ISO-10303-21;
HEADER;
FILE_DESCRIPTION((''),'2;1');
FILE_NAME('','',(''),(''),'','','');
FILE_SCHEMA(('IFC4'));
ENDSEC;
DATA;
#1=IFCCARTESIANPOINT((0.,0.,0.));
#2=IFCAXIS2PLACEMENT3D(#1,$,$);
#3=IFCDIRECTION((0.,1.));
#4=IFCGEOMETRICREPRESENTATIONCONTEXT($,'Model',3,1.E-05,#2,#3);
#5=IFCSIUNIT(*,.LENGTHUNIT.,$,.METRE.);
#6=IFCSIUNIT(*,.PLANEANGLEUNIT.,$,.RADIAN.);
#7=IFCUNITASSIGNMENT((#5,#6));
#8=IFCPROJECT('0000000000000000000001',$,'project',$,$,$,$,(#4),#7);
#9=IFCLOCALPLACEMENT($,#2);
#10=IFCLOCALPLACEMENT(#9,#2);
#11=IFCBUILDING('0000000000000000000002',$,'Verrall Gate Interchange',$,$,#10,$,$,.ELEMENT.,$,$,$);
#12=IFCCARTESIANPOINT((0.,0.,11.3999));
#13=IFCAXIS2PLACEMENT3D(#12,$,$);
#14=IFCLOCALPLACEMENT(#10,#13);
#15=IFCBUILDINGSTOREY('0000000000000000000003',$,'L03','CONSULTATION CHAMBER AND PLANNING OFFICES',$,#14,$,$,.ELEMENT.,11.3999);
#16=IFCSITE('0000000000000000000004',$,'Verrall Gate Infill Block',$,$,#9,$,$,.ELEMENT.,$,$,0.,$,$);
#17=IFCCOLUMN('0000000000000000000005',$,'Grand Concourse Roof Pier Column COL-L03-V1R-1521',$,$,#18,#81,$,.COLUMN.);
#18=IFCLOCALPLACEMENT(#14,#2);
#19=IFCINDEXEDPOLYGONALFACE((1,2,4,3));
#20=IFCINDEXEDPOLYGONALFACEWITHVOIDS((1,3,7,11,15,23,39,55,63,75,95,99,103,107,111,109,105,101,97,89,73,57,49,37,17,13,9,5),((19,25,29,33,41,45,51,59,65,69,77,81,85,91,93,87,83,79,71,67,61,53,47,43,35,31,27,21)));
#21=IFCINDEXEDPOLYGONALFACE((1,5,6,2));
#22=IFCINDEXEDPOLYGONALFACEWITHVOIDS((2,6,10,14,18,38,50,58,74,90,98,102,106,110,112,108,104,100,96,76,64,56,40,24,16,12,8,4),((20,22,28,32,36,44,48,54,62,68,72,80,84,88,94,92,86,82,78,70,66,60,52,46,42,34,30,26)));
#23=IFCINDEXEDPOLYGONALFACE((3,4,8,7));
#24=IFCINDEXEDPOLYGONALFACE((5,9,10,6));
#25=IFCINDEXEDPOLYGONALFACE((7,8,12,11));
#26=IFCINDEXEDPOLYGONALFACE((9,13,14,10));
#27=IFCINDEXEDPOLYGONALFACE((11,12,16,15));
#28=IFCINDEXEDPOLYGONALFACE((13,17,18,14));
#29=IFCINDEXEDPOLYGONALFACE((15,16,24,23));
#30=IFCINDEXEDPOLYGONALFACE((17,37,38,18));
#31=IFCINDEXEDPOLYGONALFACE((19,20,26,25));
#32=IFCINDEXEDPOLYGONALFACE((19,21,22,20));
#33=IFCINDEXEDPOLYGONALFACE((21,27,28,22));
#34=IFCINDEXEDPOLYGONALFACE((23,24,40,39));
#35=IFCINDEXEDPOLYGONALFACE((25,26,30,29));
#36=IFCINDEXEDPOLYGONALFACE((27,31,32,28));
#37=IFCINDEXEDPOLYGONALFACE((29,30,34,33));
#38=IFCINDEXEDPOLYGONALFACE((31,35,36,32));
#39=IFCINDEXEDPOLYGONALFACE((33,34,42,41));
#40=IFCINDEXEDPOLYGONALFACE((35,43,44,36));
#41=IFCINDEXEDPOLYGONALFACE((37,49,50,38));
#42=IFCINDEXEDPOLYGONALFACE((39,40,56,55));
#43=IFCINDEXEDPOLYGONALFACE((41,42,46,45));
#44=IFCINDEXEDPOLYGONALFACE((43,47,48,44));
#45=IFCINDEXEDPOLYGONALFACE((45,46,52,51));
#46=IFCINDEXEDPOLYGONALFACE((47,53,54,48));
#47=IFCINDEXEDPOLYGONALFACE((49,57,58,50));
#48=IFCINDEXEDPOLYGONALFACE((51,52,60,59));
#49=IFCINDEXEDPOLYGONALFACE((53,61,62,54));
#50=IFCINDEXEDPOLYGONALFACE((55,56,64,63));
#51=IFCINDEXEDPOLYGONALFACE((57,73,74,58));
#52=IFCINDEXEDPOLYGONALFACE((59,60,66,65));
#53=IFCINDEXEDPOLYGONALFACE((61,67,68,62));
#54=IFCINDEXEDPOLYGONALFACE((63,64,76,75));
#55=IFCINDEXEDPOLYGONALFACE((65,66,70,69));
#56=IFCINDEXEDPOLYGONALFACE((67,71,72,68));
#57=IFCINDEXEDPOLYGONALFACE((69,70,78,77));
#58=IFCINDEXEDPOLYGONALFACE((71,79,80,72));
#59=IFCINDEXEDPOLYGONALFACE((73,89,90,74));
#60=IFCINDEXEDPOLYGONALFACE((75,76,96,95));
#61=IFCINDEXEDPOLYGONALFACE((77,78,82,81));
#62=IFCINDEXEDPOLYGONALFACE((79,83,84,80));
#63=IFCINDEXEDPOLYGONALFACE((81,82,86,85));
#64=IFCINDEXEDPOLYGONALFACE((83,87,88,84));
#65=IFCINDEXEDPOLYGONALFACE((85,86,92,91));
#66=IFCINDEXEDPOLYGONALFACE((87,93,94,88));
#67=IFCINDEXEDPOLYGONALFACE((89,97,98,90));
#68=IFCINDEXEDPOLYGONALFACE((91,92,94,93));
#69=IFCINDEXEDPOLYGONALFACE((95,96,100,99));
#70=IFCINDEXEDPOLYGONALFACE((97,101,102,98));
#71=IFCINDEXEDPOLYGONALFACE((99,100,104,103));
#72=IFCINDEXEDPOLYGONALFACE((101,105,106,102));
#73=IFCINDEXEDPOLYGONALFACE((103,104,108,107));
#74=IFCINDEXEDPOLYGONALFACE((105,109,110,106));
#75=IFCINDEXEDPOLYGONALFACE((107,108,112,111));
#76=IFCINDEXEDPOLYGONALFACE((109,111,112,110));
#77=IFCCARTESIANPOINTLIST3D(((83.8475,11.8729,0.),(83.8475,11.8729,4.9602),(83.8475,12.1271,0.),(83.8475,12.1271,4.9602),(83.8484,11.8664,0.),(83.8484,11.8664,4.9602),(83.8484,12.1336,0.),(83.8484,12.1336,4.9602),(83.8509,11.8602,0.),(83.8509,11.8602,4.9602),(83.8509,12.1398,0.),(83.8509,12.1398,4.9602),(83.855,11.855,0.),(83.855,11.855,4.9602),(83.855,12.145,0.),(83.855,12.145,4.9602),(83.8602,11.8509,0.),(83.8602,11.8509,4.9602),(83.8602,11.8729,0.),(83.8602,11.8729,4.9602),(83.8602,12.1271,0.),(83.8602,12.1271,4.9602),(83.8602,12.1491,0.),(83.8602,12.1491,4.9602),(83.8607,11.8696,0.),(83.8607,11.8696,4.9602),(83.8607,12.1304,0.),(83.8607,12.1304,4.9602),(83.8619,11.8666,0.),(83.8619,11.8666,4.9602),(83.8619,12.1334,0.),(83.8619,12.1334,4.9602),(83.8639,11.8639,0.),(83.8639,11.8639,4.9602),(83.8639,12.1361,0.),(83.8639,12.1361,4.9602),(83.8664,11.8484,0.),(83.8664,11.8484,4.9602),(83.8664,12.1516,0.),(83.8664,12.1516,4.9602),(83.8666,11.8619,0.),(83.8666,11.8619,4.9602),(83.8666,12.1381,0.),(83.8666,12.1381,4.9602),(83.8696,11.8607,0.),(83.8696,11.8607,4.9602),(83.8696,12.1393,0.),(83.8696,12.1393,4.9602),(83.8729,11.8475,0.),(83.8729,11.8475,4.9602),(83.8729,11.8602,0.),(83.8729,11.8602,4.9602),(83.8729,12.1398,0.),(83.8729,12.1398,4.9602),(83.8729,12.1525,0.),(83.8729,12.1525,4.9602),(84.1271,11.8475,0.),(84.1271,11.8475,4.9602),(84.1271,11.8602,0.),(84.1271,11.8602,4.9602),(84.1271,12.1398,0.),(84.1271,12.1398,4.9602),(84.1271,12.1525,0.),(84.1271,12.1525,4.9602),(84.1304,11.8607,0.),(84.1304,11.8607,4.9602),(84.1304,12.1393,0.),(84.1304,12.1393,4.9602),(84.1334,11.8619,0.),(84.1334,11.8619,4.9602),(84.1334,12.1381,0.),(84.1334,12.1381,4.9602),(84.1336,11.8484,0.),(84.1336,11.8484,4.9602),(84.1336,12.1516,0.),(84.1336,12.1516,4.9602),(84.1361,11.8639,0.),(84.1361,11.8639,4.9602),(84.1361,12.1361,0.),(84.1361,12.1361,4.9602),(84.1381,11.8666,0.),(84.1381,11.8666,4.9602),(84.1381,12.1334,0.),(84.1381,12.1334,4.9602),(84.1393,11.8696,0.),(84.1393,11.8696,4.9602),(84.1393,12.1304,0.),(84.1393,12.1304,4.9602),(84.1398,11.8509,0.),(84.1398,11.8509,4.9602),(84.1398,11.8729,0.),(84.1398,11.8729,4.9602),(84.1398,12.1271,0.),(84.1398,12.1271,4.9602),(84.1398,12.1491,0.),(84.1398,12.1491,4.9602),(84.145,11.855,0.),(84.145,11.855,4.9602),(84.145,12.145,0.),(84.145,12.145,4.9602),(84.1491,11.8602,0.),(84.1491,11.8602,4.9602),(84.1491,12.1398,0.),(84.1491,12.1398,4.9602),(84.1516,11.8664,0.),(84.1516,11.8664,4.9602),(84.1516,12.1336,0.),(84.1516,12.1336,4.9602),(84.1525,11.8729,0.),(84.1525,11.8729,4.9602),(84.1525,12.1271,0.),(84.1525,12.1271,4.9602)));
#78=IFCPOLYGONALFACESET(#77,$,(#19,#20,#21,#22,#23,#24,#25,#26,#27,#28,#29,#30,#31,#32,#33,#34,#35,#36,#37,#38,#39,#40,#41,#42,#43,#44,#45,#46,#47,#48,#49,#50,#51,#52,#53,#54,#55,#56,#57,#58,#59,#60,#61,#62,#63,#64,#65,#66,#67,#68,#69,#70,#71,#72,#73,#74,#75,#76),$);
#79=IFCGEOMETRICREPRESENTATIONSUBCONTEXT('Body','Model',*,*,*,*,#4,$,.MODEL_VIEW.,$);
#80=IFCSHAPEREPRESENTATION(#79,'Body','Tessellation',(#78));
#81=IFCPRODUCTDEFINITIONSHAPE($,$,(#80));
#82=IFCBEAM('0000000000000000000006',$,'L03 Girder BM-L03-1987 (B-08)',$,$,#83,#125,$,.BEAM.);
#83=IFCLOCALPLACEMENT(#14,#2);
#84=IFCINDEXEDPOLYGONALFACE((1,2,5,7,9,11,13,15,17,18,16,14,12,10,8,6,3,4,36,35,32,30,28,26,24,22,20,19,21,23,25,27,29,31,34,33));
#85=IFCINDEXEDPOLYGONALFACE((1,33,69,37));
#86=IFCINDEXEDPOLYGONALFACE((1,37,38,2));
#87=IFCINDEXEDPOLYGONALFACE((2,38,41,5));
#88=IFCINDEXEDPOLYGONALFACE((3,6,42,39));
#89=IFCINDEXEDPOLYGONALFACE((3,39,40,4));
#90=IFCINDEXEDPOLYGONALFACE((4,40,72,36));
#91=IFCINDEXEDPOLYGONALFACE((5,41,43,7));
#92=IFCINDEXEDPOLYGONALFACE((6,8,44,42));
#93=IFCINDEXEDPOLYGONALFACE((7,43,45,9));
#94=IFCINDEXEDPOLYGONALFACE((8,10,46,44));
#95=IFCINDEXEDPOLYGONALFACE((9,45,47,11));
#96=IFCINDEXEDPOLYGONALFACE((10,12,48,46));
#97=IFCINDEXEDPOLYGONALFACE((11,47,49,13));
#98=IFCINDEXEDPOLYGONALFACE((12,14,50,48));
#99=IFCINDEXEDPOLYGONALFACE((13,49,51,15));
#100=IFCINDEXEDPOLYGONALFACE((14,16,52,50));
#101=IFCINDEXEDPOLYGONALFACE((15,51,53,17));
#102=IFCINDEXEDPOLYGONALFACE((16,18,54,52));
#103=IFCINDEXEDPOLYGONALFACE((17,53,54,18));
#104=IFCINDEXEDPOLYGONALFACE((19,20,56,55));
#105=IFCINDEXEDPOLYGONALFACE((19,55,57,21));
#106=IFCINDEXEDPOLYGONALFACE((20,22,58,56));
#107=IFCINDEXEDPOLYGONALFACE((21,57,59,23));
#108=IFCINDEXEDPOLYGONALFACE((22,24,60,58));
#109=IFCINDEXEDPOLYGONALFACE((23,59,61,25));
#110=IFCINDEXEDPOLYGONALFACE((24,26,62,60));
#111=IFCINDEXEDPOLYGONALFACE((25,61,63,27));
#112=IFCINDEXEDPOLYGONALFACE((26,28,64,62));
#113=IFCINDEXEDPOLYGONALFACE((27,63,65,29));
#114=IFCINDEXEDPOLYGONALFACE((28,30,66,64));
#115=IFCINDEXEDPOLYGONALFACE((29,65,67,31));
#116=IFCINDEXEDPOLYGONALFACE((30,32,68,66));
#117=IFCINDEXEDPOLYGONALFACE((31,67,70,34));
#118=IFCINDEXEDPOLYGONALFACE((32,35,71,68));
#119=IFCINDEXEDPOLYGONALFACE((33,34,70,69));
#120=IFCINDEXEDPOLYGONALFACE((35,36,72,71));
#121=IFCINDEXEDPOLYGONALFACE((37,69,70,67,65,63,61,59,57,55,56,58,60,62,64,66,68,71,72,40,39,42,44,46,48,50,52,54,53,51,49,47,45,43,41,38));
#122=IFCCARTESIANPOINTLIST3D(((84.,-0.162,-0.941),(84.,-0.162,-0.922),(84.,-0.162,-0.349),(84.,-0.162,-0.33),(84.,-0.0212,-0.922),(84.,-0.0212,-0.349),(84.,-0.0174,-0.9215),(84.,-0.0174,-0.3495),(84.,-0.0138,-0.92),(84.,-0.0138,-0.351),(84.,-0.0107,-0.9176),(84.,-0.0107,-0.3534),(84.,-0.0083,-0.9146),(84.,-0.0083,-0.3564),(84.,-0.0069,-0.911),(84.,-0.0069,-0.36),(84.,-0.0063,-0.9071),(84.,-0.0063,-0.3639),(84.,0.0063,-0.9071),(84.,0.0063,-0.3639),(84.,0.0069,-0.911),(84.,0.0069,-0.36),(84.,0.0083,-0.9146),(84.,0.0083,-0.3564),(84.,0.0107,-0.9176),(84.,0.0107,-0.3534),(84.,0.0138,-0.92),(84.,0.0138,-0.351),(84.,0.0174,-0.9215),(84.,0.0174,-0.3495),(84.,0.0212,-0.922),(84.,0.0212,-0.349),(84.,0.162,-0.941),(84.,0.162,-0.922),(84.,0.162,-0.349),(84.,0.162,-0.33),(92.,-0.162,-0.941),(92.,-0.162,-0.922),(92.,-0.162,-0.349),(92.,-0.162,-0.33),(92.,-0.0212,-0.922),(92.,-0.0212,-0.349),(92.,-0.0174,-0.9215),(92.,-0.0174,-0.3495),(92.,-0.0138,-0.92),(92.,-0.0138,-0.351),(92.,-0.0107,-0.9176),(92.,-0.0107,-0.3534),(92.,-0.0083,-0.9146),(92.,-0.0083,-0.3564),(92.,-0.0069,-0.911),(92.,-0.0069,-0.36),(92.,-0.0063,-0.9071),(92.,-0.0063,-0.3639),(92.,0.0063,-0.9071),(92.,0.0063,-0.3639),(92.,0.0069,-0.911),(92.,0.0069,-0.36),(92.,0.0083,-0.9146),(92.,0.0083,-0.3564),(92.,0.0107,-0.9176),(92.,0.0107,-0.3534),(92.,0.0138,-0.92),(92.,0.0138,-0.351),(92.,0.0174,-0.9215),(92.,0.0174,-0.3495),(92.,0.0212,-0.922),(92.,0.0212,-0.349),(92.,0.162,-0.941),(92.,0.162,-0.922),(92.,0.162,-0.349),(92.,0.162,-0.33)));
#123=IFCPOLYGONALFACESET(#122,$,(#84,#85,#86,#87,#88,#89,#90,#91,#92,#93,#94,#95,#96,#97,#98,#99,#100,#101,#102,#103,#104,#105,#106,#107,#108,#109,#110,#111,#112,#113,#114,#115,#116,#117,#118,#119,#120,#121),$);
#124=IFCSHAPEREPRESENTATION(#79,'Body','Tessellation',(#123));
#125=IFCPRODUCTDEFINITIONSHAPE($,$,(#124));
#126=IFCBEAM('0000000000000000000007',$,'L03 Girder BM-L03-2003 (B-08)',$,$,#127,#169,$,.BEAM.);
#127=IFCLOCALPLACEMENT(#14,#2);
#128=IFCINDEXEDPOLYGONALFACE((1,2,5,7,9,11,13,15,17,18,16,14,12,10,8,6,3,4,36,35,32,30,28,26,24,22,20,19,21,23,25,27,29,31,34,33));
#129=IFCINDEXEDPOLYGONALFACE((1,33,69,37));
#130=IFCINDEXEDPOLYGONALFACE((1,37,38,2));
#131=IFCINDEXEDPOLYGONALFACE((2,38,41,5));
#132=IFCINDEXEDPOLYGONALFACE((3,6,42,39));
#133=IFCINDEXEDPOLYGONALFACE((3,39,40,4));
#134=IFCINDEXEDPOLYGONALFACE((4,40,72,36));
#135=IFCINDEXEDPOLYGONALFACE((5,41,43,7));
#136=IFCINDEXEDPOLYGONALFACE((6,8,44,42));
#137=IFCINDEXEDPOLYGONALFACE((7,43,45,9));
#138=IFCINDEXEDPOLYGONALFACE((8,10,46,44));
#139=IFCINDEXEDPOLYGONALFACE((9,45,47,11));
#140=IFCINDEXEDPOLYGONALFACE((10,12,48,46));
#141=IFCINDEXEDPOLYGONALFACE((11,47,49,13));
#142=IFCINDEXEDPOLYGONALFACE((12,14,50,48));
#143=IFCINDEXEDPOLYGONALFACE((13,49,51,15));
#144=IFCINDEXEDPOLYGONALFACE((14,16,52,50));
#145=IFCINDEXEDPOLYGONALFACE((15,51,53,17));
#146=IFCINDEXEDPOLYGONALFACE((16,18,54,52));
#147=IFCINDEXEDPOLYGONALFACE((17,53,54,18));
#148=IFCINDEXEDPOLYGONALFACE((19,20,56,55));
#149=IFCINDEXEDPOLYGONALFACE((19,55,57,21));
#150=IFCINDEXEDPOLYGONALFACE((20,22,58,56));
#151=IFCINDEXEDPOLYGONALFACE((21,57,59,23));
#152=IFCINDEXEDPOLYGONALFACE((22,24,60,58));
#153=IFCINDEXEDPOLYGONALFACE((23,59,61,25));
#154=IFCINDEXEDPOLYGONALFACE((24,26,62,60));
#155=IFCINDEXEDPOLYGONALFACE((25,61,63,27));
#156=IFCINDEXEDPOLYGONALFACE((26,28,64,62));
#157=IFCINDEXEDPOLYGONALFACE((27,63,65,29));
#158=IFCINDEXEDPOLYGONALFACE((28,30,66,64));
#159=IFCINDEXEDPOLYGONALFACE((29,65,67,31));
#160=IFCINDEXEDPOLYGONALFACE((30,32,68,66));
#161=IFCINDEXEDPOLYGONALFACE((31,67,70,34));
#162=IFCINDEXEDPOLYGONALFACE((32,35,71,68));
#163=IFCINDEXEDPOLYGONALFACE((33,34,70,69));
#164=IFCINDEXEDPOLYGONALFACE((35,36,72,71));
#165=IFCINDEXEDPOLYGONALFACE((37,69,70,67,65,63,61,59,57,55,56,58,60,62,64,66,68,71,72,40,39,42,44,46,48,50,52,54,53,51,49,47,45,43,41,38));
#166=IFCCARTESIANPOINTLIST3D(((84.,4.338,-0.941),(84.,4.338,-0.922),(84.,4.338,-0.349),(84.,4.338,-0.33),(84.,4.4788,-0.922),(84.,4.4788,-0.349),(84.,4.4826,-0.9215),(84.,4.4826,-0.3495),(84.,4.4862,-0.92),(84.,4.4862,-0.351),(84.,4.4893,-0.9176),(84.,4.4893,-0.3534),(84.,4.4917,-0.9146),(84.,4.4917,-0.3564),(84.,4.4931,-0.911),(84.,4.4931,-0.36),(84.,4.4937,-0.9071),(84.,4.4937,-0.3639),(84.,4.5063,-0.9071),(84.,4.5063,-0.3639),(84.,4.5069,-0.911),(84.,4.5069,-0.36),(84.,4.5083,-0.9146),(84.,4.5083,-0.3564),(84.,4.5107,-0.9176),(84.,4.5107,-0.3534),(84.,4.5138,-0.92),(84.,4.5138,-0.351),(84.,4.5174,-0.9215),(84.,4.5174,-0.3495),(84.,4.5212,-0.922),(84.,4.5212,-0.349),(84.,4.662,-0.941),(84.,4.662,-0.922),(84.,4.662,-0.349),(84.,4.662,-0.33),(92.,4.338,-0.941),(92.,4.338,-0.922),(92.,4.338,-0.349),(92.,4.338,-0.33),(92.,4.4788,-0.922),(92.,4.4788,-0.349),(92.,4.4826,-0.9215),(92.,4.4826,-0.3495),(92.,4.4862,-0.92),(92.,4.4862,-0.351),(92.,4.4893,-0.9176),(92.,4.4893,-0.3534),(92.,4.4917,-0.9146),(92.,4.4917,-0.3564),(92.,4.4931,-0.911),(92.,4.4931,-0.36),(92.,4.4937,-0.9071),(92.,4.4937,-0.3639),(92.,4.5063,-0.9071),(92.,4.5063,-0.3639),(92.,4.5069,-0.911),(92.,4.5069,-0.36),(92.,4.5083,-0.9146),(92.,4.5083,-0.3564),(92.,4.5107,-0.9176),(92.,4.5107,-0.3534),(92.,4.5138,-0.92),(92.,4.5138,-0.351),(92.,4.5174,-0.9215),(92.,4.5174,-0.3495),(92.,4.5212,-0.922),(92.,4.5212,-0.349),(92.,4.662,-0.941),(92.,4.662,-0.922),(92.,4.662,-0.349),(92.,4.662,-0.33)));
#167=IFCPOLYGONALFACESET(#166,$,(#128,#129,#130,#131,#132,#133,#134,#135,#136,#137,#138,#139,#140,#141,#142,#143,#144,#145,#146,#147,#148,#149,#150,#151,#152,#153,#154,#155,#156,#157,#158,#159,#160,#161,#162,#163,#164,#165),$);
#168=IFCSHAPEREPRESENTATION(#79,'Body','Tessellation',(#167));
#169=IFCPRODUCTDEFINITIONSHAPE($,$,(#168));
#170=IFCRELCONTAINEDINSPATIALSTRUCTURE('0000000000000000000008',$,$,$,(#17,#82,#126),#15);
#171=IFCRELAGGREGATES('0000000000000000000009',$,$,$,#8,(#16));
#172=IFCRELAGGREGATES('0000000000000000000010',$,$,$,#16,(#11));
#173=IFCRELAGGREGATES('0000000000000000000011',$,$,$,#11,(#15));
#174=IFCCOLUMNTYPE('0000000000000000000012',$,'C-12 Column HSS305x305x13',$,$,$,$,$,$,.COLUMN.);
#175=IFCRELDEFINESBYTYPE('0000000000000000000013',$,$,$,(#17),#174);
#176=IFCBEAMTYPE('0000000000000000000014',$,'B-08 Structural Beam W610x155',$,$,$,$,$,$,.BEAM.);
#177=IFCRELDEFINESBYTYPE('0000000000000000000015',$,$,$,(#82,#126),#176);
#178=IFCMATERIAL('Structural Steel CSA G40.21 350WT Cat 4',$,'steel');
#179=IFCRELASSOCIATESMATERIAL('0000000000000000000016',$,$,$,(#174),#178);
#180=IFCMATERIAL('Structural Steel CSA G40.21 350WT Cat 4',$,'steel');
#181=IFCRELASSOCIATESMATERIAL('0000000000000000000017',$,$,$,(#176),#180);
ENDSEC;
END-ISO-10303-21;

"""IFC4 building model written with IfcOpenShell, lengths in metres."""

from ifc_helpers import new_model, si_unit, direction, frame, origin, origin_2d, place, context, subcontext, project, spatial, hollow_rectangle, i_section, extrude, material, material_profile, profile_set, type_object, element, save


model = new_model("IFC4")

# Units and contexts
model_context = context("Model", 3, precision=1e-05, world=origin(), true_north=direction((0.0, 1.0)))
body_context = subcontext(model_context, "Body", "Model", "MODEL_VIEW")
ifc_project = project(units=[si_unit("LENGTHUNIT", "METRE"), si_unit("PLANEANGLEUNIT", "RADIAN")], contexts=[model_context])

# Site, building, storey
site_placement = place(None, origin())
site = spatial("IfcSite", under=ifc_project, at=site_placement, Name="Verrall Gate Infill Block", CompositionType="ELEMENT", RefElevation=0.0)
building_placement = place(site_placement, origin())
building = spatial("IfcBuilding", under=site, at=building_placement, Name="Verrall Gate Interchange", CompositionType="ELEMENT")
storey_placement = place(building_placement, frame((0.0, 0.0, 11.3999)))
storey = spatial("IfcBuildingStorey", under=building, at=storey_placement, Name="L03", Description="CONSULTATION CHAMBER AND PLANNING OFFICES", CompositionType="ELEMENT", Elevation=11.3999)

# Column
ifc_material_1 = material(Name="Structural Steel CSA G40.21 350WT Cat 4", Category="steel")
ifc_material_profile_1 = material_profile(ifc_material_1, hollow_rectangle(XDim=0.3049, YDim=0.3049, WallThickness=0.0127, InnerFilletRadius=0.0127, OuterFilletRadius=0.0254, at=origin_2d()), Name="HSS305x305x13")
ifc_profile_set_1 = profile_set([ifc_material_profile_1], Name="Structural Steel CSA G40.21 350WT Cat 4")
column_type = type_object("IfcColumnType", Name="C-12 Column HSS305x305x13", PredefinedType="COLUMN", material=ifc_profile_set_1)
column_placement = place(storey_placement, frame((84.0, 12.0, 0.0), z_axis=(0.0, 0.0, 1.0), x_axis=(1.0, 0.0, 0.0)))
element("IfcColumn", 1, at=column_placement, inside=storey, type_object=column_type, Name="Grand Concourse Roof Pier Column COL-L03-V1R-1521", PredefinedType="COLUMN", context=body_context, shape_type="SweptSolid", body=[
    extrude(hollow_rectangle(XDim=0.3049, YDim=0.3049, WallThickness=0.0127, InnerFilletRadius=0.0127, OuterFilletRadius=0.0254, at=origin_2d()), origin(), (0.0, 0.0, 1.0), 4.9602),
])

# Beams
ifc_material_2 = material(Name="Structural Steel CSA G40.21 350WT Cat 4", Category="steel")
ifc_material_profile_2 = material_profile(ifc_material_2, i_section(OverallWidth=0.324, OverallDepth=0.6111, WebThickness=0.0127, FlangeThickness=0.019, FilletRadius=0.0149, at=origin_2d()), Name="W610x155")
ifc_profile_set_2 = profile_set([ifc_material_profile_2], Name="Structural Steel CSA G40.21 350WT Cat 4")
beam_type_1 = type_object("IfcBeamType", Name="B-08 Structural Beam W610x155", PredefinedType="BEAM", material=ifc_profile_set_2)
for number, where, z_axis, x_axis, name in (
    (2, (84.0, 0.0, -0.6355), (1.0, 0.0, 0.0), (0.0, 1.0, 0.0), "L03 Girder BM-L03-1987 (B-08)"),
    (3, (84.0, 4.5, -0.6355), (1.0, 0.0, 0.0), (0.0, 1.0, 0.0), "L03 Girder BM-L03-2003 (B-08)"),
):
    element("IfcBeam", number, at=place(storey_placement, frame(where, z_axis=z_axis, x_axis=x_axis)), inside=storey, type_object=beam_type_1, Name=name, PredefinedType="BEAM", context=body_context, shape_type="SweptSolid", body=[
        extrude(i_section(OverallWidth=0.324, OverallDepth=0.6111, WebThickness=0.0127, FlangeThickness=0.019, FilletRadius=0.0149, at=origin_2d()), origin(), (0.0, 0.0, 1.0), 8.0),
    ])

save(model, "model.ifc")
